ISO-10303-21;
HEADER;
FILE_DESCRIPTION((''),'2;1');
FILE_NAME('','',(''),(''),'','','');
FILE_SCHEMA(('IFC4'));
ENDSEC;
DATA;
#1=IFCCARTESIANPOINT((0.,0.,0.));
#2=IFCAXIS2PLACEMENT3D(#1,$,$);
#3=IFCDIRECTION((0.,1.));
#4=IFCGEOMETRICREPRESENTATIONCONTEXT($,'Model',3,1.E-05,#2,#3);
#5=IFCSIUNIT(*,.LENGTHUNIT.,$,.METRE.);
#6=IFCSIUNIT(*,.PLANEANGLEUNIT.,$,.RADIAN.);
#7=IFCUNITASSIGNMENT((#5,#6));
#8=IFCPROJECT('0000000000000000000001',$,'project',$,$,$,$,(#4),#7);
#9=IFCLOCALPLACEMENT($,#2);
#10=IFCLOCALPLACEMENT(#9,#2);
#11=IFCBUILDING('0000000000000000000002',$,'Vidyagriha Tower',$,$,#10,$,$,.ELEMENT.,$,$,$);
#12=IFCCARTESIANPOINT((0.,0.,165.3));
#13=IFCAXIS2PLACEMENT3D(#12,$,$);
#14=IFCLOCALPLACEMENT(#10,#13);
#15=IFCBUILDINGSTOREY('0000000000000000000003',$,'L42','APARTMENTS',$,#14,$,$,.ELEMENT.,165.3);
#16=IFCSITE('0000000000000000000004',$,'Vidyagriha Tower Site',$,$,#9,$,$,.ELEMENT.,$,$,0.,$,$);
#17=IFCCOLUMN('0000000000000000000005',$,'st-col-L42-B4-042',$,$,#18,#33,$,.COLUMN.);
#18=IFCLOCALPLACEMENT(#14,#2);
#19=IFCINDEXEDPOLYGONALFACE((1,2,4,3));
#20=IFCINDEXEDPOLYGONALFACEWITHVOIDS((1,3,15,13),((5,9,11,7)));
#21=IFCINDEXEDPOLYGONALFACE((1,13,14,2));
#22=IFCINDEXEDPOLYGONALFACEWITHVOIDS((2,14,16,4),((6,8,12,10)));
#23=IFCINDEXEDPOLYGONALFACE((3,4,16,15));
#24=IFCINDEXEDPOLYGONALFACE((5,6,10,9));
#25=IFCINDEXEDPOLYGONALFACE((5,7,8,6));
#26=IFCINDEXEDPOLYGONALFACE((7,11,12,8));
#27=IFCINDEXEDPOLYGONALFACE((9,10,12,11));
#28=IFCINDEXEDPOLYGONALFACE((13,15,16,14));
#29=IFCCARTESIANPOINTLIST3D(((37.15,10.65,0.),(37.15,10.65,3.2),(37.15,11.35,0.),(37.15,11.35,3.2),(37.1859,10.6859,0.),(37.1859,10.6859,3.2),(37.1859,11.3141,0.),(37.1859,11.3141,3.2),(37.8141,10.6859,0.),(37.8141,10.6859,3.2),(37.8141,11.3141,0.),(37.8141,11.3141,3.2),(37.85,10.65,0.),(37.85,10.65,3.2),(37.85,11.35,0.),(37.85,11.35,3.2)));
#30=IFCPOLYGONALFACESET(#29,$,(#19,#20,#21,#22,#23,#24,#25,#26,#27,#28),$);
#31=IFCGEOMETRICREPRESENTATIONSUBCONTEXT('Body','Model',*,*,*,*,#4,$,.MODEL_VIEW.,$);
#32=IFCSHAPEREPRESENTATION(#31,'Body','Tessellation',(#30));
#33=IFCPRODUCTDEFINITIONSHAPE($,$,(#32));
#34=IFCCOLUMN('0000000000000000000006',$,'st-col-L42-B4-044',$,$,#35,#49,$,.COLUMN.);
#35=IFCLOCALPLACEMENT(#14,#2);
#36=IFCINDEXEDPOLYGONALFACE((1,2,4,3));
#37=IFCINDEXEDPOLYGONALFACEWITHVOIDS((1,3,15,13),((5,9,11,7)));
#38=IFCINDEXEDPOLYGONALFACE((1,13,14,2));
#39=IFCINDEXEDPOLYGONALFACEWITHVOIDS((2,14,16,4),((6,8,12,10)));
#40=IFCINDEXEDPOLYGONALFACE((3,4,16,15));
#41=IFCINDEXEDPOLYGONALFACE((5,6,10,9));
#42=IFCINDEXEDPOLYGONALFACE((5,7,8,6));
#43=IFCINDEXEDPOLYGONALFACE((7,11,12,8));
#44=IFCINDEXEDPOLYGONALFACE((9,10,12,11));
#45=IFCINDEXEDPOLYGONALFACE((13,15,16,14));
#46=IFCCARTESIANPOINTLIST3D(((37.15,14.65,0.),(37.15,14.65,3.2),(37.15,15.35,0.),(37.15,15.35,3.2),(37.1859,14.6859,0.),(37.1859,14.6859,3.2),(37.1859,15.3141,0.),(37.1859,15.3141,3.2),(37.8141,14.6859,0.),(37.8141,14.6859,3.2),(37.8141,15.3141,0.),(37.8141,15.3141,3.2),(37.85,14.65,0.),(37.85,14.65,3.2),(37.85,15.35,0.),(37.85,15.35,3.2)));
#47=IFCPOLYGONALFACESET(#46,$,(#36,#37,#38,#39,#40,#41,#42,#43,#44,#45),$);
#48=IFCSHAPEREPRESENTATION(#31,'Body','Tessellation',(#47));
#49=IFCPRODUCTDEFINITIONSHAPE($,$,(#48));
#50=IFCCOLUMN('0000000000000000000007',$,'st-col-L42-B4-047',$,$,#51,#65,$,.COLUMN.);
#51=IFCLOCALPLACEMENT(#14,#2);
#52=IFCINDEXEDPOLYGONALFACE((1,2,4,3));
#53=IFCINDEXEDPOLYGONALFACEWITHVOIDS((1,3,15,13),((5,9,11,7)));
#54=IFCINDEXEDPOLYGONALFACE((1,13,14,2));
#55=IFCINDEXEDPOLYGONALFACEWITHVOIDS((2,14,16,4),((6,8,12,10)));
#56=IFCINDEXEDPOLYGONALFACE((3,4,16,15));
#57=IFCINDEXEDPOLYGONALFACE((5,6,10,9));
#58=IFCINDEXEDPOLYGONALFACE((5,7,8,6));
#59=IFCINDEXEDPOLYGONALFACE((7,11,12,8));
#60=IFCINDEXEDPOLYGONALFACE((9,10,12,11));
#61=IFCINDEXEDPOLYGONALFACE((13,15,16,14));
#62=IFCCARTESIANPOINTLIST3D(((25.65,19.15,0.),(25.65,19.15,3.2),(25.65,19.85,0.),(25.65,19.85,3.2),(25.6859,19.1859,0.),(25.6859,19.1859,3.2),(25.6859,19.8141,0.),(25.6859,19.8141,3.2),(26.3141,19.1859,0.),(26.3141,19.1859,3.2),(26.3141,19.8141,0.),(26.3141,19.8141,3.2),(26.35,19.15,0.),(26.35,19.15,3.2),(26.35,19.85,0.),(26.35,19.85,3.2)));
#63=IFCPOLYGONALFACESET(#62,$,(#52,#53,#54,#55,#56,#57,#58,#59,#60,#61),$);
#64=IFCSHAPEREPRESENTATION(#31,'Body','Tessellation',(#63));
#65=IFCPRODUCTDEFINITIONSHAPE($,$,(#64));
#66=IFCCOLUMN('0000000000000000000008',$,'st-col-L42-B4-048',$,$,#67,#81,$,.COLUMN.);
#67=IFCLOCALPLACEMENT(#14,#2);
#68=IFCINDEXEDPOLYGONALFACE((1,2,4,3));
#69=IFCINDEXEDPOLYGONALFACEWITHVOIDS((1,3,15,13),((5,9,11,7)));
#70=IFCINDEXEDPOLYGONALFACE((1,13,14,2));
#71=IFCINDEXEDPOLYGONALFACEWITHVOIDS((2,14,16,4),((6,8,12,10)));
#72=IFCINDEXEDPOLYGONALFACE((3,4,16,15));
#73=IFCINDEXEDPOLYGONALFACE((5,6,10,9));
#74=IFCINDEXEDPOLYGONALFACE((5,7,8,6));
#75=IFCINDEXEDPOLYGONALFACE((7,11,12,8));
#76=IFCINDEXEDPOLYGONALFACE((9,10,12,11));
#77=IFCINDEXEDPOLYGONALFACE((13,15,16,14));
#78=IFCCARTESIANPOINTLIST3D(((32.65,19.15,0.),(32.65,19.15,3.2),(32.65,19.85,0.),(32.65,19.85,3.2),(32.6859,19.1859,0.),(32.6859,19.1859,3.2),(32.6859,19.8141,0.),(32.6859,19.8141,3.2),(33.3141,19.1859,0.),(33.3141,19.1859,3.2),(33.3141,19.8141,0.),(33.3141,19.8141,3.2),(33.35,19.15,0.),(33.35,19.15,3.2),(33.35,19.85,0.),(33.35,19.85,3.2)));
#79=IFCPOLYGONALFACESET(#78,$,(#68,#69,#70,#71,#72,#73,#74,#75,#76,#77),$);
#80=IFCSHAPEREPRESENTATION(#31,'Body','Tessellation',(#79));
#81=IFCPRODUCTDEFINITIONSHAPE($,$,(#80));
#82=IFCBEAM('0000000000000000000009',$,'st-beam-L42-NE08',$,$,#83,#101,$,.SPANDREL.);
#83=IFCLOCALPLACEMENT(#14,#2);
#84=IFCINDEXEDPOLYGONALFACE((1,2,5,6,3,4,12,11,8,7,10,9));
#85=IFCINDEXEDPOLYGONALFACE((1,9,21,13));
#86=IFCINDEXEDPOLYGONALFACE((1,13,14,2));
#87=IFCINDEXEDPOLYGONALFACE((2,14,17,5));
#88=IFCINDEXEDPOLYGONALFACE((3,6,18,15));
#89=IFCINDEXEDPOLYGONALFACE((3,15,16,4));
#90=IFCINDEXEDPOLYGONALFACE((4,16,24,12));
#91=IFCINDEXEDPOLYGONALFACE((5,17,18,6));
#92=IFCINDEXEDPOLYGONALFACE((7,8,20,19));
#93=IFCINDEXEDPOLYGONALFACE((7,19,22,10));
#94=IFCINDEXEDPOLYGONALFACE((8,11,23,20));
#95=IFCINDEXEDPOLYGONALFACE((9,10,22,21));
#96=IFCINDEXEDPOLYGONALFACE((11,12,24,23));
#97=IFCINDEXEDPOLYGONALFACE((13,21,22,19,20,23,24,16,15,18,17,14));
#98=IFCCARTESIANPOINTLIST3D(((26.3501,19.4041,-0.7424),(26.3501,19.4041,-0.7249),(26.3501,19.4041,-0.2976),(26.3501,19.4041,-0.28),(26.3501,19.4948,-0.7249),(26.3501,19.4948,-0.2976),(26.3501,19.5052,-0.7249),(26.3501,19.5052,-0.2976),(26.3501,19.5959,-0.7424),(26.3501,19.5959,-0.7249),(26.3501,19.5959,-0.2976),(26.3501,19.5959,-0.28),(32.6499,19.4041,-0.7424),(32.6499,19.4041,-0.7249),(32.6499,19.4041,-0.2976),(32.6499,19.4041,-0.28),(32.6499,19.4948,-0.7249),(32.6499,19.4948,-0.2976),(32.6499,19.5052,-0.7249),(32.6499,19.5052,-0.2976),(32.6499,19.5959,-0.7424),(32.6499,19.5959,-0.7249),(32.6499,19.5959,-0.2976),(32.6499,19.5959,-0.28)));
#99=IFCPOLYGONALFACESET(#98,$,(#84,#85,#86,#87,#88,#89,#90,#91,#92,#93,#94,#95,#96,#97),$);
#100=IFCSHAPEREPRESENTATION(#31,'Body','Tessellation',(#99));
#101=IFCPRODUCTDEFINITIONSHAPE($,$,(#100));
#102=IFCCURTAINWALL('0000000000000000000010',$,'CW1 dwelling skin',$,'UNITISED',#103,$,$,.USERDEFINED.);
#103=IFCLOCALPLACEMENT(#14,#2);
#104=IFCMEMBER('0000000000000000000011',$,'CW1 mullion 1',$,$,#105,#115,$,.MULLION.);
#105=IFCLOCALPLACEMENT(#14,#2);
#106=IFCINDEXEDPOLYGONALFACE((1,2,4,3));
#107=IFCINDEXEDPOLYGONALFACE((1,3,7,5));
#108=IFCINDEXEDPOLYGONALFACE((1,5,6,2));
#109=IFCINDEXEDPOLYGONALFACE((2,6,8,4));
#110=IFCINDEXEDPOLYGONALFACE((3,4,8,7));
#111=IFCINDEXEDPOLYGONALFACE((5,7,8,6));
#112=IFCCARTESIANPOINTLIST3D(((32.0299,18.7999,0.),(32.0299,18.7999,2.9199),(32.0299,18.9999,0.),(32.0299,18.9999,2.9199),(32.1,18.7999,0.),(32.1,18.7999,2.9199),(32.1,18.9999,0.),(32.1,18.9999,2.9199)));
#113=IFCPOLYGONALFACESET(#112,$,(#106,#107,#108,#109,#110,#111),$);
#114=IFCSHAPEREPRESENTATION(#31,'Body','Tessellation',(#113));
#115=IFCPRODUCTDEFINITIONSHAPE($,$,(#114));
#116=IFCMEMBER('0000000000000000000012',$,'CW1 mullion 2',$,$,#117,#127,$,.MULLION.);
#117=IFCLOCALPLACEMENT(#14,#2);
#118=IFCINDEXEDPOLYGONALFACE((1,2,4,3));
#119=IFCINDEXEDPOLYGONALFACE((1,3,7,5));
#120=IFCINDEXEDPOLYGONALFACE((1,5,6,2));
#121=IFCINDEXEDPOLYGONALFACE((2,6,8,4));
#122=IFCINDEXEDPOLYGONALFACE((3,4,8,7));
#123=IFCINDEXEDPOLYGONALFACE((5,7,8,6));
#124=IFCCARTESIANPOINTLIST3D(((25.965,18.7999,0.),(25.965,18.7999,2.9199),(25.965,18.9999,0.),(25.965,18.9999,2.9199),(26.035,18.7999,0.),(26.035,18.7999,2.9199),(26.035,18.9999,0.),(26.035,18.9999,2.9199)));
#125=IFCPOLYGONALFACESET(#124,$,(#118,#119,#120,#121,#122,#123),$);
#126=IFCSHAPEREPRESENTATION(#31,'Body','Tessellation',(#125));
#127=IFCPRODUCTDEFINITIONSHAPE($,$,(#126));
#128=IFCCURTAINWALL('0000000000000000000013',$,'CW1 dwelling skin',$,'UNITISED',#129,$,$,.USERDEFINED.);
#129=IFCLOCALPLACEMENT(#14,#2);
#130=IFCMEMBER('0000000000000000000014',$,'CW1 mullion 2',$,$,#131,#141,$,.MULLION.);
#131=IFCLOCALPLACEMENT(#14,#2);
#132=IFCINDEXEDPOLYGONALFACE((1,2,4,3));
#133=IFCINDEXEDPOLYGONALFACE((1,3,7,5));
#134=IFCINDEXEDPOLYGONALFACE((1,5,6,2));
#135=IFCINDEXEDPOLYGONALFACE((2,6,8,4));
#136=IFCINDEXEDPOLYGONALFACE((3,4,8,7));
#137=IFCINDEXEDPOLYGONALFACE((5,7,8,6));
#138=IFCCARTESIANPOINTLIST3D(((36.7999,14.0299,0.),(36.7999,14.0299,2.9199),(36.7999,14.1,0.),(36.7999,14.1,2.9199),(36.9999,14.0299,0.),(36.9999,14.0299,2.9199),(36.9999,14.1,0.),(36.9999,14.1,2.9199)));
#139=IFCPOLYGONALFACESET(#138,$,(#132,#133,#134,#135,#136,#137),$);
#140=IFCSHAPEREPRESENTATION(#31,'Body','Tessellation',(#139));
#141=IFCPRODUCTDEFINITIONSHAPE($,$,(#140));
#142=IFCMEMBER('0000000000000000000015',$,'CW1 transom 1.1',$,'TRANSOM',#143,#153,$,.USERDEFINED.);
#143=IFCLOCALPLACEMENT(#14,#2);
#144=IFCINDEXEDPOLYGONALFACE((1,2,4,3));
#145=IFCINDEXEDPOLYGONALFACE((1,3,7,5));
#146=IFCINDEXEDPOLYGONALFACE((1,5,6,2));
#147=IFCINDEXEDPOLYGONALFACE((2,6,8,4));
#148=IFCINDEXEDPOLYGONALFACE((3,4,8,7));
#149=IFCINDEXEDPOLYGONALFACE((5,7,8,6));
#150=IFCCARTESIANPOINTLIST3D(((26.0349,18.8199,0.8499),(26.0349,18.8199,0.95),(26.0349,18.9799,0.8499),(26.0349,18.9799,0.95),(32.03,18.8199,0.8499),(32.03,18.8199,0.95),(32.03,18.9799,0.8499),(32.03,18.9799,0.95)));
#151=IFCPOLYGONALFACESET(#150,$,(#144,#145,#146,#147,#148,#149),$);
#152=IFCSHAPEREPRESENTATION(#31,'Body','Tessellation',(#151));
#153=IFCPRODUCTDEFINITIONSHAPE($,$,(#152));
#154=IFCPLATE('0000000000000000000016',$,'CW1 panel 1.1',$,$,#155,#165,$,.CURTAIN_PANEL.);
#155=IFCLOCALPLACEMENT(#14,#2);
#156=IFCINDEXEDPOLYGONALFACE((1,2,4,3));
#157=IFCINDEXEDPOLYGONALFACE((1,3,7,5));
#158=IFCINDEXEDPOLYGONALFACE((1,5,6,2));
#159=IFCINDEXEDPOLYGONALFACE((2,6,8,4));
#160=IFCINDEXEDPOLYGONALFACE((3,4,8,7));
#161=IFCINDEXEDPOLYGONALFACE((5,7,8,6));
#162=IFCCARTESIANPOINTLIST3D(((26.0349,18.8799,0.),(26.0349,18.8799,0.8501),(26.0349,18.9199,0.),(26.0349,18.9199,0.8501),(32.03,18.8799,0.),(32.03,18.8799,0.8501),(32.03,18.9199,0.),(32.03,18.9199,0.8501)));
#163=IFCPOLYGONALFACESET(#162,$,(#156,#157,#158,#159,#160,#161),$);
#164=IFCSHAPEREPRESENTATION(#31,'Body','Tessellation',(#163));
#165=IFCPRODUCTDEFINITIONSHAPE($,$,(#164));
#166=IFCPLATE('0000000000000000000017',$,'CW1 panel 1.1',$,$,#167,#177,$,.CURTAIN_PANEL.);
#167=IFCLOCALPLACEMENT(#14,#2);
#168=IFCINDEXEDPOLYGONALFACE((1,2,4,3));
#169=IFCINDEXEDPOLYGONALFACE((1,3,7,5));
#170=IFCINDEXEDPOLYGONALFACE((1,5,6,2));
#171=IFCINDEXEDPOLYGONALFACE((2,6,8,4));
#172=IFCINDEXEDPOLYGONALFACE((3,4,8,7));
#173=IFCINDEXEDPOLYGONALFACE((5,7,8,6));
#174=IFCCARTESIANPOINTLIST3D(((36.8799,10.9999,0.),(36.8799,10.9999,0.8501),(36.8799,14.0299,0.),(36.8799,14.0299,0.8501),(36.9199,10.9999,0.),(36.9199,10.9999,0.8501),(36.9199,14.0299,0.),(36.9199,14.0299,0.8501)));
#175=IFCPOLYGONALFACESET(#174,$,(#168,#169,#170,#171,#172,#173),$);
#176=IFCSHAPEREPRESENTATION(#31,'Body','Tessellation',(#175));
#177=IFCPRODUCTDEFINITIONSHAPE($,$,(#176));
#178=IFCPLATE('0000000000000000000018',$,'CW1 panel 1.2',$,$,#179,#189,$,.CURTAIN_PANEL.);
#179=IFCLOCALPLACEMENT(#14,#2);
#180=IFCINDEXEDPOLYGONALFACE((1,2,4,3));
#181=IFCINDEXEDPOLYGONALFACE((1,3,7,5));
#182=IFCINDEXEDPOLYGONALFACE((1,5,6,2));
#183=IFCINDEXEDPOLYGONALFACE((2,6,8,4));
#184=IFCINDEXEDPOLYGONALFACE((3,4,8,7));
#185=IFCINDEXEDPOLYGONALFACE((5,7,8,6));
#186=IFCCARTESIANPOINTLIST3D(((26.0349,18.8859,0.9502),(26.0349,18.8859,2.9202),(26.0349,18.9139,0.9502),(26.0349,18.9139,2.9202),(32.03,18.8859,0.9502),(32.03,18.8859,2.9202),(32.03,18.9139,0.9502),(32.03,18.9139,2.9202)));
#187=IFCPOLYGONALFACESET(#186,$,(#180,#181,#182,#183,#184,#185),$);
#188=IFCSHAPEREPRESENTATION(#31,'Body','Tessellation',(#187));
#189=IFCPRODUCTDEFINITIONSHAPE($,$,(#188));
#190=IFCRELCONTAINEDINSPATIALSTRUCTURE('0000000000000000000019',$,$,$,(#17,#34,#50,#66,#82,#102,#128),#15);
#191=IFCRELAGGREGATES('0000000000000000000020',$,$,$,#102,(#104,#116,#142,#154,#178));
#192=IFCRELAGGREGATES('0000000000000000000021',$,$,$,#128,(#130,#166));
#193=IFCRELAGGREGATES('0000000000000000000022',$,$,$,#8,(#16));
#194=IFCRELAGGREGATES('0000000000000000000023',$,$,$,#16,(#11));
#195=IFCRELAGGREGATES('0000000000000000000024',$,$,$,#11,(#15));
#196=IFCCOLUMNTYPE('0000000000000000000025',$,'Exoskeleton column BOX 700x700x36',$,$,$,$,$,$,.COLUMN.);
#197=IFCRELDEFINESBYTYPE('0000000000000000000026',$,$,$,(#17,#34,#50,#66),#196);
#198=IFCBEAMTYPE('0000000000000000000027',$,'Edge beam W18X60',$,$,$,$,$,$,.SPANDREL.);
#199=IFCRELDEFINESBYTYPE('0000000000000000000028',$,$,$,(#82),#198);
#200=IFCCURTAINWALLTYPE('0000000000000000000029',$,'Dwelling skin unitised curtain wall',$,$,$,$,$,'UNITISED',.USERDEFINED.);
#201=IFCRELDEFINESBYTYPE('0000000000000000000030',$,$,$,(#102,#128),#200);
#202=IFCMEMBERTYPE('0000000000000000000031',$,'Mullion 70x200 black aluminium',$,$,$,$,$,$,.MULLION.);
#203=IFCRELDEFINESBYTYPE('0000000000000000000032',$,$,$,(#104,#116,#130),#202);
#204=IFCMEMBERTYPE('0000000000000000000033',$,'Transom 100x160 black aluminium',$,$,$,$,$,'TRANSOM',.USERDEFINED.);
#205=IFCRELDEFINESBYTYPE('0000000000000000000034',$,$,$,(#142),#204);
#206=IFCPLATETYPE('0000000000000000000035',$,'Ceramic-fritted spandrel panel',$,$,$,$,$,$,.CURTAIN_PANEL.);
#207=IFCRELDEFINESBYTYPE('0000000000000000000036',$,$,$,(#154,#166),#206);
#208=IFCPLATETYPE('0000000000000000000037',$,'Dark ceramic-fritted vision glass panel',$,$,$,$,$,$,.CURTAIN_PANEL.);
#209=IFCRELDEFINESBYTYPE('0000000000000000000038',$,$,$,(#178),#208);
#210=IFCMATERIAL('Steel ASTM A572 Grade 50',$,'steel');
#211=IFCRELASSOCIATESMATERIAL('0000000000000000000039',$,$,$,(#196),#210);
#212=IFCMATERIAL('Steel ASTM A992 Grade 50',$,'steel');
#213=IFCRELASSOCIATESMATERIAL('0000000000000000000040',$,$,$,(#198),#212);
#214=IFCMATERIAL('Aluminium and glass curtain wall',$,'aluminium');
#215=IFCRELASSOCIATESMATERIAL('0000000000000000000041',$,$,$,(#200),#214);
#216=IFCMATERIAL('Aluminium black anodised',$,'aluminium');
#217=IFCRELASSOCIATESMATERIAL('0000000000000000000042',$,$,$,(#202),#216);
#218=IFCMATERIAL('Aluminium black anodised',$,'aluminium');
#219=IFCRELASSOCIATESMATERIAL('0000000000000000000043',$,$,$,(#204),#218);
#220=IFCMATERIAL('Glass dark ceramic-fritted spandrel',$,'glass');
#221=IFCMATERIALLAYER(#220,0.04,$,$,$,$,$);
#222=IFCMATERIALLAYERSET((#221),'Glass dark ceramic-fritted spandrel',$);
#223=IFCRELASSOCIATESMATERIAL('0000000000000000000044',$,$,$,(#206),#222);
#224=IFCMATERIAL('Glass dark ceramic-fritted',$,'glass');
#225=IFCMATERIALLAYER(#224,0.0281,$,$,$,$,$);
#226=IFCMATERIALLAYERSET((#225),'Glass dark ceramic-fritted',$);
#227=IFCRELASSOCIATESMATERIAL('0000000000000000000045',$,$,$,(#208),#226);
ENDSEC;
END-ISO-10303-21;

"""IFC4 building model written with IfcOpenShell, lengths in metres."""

from ifc_helpers import new_model, si_unit, direction, frame, origin, origin_2d, place, context, subcontext, project, spatial, rectangle, hollow_rectangle, i_section, extrude, material, layer, layer_set, material_profile, profile_set, type_object, element, aggregate, save


model = new_model("IFC4")

# Units and contexts
model_context = context("Model", 3, precision=1e-05, world=origin(), true_north=direction((0.0, 1.0)))
body_context = subcontext(model_context, "Body", "Model", "MODEL_VIEW")
ifc_project = project(units=[si_unit("LENGTHUNIT", "METRE"), si_unit("PLANEANGLEUNIT", "RADIAN")], contexts=[model_context])

# Site, building, storey
site_placement = place(None, origin())
site = spatial("IfcSite", under=ifc_project, at=site_placement, Name="Vidyagriha Tower Site", CompositionType="ELEMENT", RefElevation=0.0)
building_placement = place(site_placement, origin())
building = spatial("IfcBuilding", under=site, at=building_placement, Name="Vidyagriha Tower", CompositionType="ELEMENT")
storey_placement = place(building_placement, frame((0.0, 0.0, 165.3)))
storey = spatial("IfcBuildingStorey", under=building, at=storey_placement, Name="L42", Description="APARTMENTS", CompositionType="ELEMENT", Elevation=165.3)

# Columns
ifc_material_1 = material(Name="Steel ASTM A572 Grade 50", Category="steel")
ifc_material_profile_1 = material_profile(ifc_material_1, hollow_rectangle(XDim=0.7, YDim=0.7, WallThickness=0.0359, at=origin_2d()), Name="BOX 700x700x36")
ifc_profile_set_1 = profile_set([ifc_material_profile_1], Name="Steel ASTM A572 Grade 50")
column_type = type_object("IfcColumnType", Name="Exoskeleton column BOX 700x700x36", PredefinedType="COLUMN", material=ifc_profile_set_1)
for number, where, name in (
    (1, (37.5, 11.0, 0.0), "st-col-L42-B4-042"),
    (2, (37.5, 15.0, 0.0), "st-col-L42-B4-044"),
    (3, (26.0, 19.5, 0.0), "st-col-L42-B4-047"),
    (4, (33.0, 19.5, 0.0), "st-col-L42-B4-048"),
):
    element("IfcColumn", number, at=place(storey_placement, frame(where)), inside=storey, type_object=column_type, Name=name, PredefinedType="COLUMN", context=body_context, shape_type="SweptSolid", body=[
        extrude(hollow_rectangle(XDim=0.7, YDim=0.7, WallThickness=0.0359, at=origin_2d()), origin(), (0.0, 0.0, 1.0), 3.2),
    ])

# Beam
ifc_material_2 = material(Name="Steel ASTM A992 Grade 50", Category="steel")
ifc_material_profile_2 = material_profile(ifc_material_2, i_section(OverallWidth=0.1919, OverallDepth=0.4624, WebThickness=0.0105, FlangeThickness=0.0176, at=origin_2d()), Name="W18X60")
ifc_profile_set_2 = profile_set([ifc_material_profile_2], Name="Steel ASTM A992 Grade 50")
beam_type = type_object("IfcBeamType", Name="Edge beam W18X60", PredefinedType="SPANDREL", material=ifc_profile_set_2)
beam_placement = place(storey_placement, frame((26.3501, 19.5, -0.5112), z_axis=(1.0, 0.0, 0.0), x_axis=(0.0, 1.0, 0.0)))
element("IfcBeam", 5, at=beam_placement, inside=storey, type_object=beam_type, Name="st-beam-L42-NE08", PredefinedType="SPANDREL", context=body_context, shape_type="SweptSolid", body=[
    extrude(i_section(OverallWidth=0.1919, OverallDepth=0.4624, WebThickness=0.0105, FlangeThickness=0.0176, at=origin_2d()), origin(), (0.0, 0.0, 1.0), 6.2998),
])

# Curtain wall, members
ifc_material_3 = material(Name="Aluminium and glass curtain wall", Category="aluminium")
curtain_wall_type = type_object("IfcCurtainWallType", Name="Dwelling skin unitised curtain wall", ElementType="UNITISED", PredefinedType="USERDEFINED", material=ifc_material_3)
curtain_wall_1_placement = place(storey_placement, origin())
curtain_wall_1 = element("IfcCurtainWall", 6, at=curtain_wall_1_placement, inside=storey, type_object=curtain_wall_type, Name="CW1 dwelling skin", ObjectType="UNITISED", PredefinedType="USERDEFINED")
ifc_material_4 = material(Name="Aluminium black anodised", Category="aluminium")
ifc_material_profile_3 = material_profile(ifc_material_4, rectangle(XDim=0.2, YDim=0.0701, at=origin_2d()), Name="Mullion 70x200 black aluminium")
ifc_profile_set_3 = profile_set([ifc_material_profile_3], Name="Aluminium black anodised")
member_type_1 = type_object("IfcMemberType", Name="Mullion 70x200 black aluminium", PredefinedType="MULLION", material=ifc_profile_set_3)
member_1_placement = place(storey_placement, frame((32.0649, 18.8999, 0.0), z_axis=(0.0, 0.0, 1.0), x_axis=(0.0, -1.0, 0.0)))
member_1 = element("IfcMember", 7, at=member_1_placement, type_object=member_type_1, Name="CW1 mullion 1", PredefinedType="MULLION", context=body_context, shape_type="SweptSolid", body=[
    extrude(rectangle(XDim=0.2, YDim=0.0701, at=origin_2d()), origin(), (0.0, 0.0, 1.0), 2.9199),
])
member_2_placement = place(storey_placement, frame((26.0, 18.8999, 0.0), z_axis=(0.0, 0.0, 1.0), x_axis=(0.0, -1.0, 0.0)))
member_2 = element("IfcMember", 8, at=member_2_placement, type_object=member_type_1, Name="CW1 mullion 2", PredefinedType="MULLION", context=body_context, shape_type="SweptSolid", body=[
    extrude(rectangle(XDim=0.2, YDim=0.0701, at=origin_2d()), origin(), (0.0, 0.0, 1.0), 2.9199),
])

# Curtain wall, member
curtain_wall_2_placement = place(storey_placement, origin())
curtain_wall_2 = element("IfcCurtainWall", 9, at=curtain_wall_2_placement, inside=storey, type_object=curtain_wall_type, Name="CW1 dwelling skin", ObjectType="UNITISED", PredefinedType="USERDEFINED")
member_3_placement = place(storey_placement, frame((36.8999, 14.0649, 0.0), z_axis=(0.0, 0.0, 1.0), x_axis=(-1.0, 0.0, 0.0)))
member_3 = element("IfcMember", 10, at=member_3_placement, type_object=member_type_1, Name="CW1 mullion 2", PredefinedType="MULLION", context=body_context, shape_type="SweptSolid", body=[
    extrude(rectangle(XDim=0.2, YDim=0.0701, at=origin_2d()), origin(), (0.0, 0.0, 1.0), 2.9199),
])

# Member
ifc_material_5 = material(Name="Aluminium black anodised", Category="aluminium")
ifc_material_profile_4 = material_profile(ifc_material_5, rectangle(XDim=0.1599, YDim=0.1001, at=origin_2d()), Name="Transom 100x160 black aluminium")
ifc_profile_set_4 = profile_set([ifc_material_profile_4], Name="Aluminium black anodised")
member_type_2 = type_object("IfcMemberType", Name="Transom 100x160 black aluminium", ElementType="TRANSOM", PredefinedType="USERDEFINED", material=ifc_profile_set_4)
member_4_placement = place(storey_placement, frame((32.03, 18.8999, 0.8999), z_axis=(-1.0, 0.0, 0.0), x_axis=(0.0, -1.0, 0.0)))
member_4 = element("IfcMember", 11, at=member_4_placement, type_object=member_type_2, Name="CW1 transom 1.1", ObjectType="TRANSOM", PredefinedType="USERDEFINED", context=body_context, shape_type="SweptSolid", body=[
    extrude(rectangle(XDim=0.1599, YDim=0.1001, at=origin_2d()), origin(), (0.0, 0.0, 1.0), 5.9951),
])

# Plates
ifc_material_6 = material(Name="Glass dark ceramic-fritted spandrel", Category="glass")
ifc_layer_1 = layer(ifc_material_6, 0.04)
ifc_layer_set_1 = layer_set([ifc_layer_1], Name="Glass dark ceramic-fritted spandrel")
plate_type_1 = type_object("IfcPlateType", Name="Ceramic-fritted spandrel panel", PredefinedType="CURTAIN_PANEL", material=ifc_layer_set_1)
plate_1_placement = place(storey_placement, frame((29.0325, 18.8999, 0.0), z_axis=(0.0, 0.0, 1.0), x_axis=(-1.0, 0.0, 0.0)))
plate_1 = element("IfcPlate", 12, at=plate_1_placement, type_object=plate_type_1, Name="CW1 panel 1.1", PredefinedType="CURTAIN_PANEL", context=body_context, shape_type="SweptSolid", body=[
    extrude(rectangle(XDim=5.9951, YDim=0.04, at=origin_2d()), origin(), (0.0, 0.0, 1.0), 0.8501),
])
plate_2_placement = place(storey_placement, frame((36.8999, 12.5149, 0.0), z_axis=(0.0, 0.0, 1.0), x_axis=(0.0, 1.0, 0.0)))
plate_2 = element("IfcPlate", 13, at=plate_2_placement, type_object=plate_type_1, Name="CW1 panel 1.1", PredefinedType="CURTAIN_PANEL", context=body_context, shape_type="SweptSolid", body=[
    extrude(rectangle(XDim=3.03, YDim=0.04, at=origin_2d()), origin(), (0.0, 0.0, 1.0), 0.8501),
])
ifc_material_7 = material(Name="Glass dark ceramic-fritted", Category="glass")
ifc_layer_2 = layer(ifc_material_7, 0.0281)
ifc_layer_set_2 = layer_set([ifc_layer_2], Name="Glass dark ceramic-fritted")
plate_type_2 = type_object("IfcPlateType", Name="Dark ceramic-fritted vision glass panel", PredefinedType="CURTAIN_PANEL", material=ifc_layer_set_2)
plate_3_placement = place(storey_placement, frame((29.0325, 18.8999, 0.9502), z_axis=(0.0, 0.0, 1.0), x_axis=(-1.0, 0.0, 0.0)))
plate_3 = element("IfcPlate", 14, at=plate_3_placement, type_object=plate_type_2, Name="CW1 panel 1.2", PredefinedType="CURTAIN_PANEL", context=body_context, shape_type="SweptSolid", body=[
    extrude(rectangle(XDim=5.9951, YDim=0.0281, at=origin_2d()), origin(), (0.0, 0.0, 1.0), 1.97),
])
aggregate(curtain_wall_1, [member_1, member_2, member_4, plate_1, plate_3])
aggregate(curtain_wall_2, [member_3, plate_2])

save(model, "model.ifc")
